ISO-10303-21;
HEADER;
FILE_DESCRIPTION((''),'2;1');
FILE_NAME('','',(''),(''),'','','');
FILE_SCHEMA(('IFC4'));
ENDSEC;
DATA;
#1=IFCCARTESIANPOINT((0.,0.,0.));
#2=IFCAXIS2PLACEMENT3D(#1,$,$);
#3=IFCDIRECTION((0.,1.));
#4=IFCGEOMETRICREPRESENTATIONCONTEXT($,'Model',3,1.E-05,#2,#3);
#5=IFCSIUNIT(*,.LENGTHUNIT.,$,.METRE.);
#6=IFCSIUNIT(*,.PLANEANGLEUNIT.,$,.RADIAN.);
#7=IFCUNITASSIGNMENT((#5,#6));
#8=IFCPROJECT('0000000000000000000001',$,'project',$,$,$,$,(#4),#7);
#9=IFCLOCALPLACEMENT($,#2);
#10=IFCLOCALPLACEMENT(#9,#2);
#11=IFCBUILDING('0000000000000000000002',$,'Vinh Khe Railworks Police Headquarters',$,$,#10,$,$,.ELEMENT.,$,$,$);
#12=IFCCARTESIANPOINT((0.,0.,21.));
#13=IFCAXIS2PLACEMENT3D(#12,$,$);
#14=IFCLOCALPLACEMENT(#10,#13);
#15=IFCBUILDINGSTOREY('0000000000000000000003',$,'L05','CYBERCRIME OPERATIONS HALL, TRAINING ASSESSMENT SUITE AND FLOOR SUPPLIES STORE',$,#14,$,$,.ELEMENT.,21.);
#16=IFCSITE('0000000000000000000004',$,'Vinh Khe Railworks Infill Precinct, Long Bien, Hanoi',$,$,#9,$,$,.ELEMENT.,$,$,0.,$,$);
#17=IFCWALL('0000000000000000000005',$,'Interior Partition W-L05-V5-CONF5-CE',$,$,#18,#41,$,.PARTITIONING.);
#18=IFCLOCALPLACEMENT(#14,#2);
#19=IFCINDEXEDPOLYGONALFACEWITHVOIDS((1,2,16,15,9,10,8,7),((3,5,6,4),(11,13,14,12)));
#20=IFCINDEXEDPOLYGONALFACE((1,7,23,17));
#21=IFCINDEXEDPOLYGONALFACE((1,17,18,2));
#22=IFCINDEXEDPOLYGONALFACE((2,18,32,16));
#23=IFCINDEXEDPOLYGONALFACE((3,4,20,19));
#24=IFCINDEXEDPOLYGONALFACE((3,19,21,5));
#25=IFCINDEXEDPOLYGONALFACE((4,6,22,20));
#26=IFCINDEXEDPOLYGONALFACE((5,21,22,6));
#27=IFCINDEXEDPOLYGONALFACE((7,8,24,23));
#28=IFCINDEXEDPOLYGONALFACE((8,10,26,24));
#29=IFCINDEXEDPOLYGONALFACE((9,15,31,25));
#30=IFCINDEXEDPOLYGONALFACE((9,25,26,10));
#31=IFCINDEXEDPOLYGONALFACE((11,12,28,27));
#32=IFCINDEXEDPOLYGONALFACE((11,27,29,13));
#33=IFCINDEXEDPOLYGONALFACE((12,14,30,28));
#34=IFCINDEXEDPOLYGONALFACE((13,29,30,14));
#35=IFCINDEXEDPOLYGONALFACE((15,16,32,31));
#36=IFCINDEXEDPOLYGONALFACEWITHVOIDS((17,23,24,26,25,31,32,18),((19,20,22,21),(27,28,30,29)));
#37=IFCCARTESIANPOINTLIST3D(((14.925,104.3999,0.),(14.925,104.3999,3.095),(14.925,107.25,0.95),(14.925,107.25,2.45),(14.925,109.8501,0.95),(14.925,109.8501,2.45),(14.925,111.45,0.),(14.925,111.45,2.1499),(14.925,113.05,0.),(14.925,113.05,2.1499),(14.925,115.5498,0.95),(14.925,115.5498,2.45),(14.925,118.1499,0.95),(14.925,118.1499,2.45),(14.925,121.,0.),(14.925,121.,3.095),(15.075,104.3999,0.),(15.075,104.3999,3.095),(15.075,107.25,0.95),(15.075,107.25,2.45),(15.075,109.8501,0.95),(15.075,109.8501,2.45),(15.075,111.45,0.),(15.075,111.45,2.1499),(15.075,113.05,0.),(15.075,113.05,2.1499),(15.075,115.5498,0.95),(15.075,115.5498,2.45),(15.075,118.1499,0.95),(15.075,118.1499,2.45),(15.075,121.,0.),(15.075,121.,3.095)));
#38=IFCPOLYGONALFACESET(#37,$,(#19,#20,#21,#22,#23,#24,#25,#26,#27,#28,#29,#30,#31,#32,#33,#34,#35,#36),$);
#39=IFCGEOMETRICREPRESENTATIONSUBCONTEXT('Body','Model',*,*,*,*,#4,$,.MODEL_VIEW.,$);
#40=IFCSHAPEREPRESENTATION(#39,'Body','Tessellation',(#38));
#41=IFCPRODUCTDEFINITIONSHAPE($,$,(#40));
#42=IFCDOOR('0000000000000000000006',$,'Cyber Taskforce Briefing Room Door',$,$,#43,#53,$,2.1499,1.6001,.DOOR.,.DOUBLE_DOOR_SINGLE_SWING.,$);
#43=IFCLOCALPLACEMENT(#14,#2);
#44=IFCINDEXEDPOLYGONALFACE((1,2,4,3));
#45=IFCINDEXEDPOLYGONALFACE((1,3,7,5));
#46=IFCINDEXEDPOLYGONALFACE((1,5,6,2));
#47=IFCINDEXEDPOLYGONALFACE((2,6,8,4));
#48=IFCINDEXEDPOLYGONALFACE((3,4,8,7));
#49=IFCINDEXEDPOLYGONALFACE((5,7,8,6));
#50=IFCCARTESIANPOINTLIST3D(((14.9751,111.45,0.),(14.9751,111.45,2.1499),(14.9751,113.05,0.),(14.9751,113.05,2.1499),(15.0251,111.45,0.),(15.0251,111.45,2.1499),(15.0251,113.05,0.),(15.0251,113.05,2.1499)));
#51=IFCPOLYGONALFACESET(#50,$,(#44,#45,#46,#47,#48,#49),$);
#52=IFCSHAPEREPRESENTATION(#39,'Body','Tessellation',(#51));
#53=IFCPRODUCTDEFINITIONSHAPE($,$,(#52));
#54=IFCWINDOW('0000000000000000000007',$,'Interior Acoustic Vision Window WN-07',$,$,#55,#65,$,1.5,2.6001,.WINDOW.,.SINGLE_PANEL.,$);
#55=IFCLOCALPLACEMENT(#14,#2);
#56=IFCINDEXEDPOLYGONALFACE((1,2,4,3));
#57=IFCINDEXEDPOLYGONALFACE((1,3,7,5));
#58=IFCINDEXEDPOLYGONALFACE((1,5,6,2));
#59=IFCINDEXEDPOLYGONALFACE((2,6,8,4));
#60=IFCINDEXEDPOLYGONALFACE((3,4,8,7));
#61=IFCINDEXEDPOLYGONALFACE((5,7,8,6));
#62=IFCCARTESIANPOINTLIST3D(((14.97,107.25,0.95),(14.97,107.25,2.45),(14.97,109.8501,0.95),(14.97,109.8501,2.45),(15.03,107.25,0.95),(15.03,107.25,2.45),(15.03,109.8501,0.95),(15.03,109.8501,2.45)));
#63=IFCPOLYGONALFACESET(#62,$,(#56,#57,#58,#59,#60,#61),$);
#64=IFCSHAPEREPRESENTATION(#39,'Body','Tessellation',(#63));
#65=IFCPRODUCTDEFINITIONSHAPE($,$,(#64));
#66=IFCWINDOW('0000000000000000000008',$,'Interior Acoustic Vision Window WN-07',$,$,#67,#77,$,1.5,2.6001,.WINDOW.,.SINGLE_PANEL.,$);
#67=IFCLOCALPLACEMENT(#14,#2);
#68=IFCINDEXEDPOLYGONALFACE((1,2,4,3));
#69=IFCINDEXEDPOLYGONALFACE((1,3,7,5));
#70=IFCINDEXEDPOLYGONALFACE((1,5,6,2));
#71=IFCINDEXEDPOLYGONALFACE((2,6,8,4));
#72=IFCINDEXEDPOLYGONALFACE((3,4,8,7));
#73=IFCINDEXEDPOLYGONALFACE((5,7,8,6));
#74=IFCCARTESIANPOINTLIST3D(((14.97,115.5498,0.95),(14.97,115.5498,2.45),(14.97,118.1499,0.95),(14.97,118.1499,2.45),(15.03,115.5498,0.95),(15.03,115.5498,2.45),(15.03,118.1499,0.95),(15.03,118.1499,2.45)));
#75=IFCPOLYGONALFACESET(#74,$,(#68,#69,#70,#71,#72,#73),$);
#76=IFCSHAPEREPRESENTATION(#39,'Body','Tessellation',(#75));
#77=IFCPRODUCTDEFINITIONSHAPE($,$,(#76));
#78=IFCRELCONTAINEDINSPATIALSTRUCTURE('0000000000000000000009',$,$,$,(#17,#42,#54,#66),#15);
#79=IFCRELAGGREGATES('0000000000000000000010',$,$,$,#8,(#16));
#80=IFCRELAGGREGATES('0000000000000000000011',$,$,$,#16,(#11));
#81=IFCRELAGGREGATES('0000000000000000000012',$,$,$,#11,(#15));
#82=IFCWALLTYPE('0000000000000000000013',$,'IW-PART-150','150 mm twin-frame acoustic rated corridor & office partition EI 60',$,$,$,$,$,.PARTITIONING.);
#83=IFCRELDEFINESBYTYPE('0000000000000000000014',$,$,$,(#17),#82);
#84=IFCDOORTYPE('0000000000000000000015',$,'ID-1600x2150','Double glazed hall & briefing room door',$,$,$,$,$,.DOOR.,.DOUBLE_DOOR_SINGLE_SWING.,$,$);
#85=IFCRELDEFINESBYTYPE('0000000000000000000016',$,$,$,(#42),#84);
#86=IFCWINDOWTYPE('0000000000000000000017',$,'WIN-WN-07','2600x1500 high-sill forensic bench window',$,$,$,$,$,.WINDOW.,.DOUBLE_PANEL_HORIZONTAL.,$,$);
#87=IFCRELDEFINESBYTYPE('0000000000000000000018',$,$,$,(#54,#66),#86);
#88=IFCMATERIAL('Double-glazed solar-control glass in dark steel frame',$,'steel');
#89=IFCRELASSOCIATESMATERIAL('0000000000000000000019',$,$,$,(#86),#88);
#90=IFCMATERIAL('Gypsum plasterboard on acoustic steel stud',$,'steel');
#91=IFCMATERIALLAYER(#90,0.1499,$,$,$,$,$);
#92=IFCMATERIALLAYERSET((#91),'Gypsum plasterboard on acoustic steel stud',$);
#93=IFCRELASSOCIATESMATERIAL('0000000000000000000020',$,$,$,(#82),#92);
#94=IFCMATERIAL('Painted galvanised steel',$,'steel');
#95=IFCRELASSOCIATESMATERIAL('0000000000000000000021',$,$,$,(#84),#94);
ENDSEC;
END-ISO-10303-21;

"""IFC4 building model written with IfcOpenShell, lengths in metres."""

from ifc_helpers import new_model, si_unit, direction, frame, frame_2d, origin, place, context, subcontext, project, spatial, rectangle, extrude, material, layer, layer_set, type_object, element, fill, save


model = new_model("IFC4")

# Units and contexts
model_context = context("Model", 3, precision=1e-05, world=origin(), true_north=direction((0.0, 1.0)))
body_context = subcontext(model_context, "Body", "Model", "MODEL_VIEW")
ifc_project = project(units=[si_unit("LENGTHUNIT", "METRE"), si_unit("PLANEANGLEUNIT", "RADIAN")], contexts=[model_context])

# Site, building, storey
site_placement = place(None, origin())
site = spatial("IfcSite", under=ifc_project, at=site_placement, Name="Vinh Khe Railworks Infill Precinct, Long Bien, Hanoi", CompositionType="ELEMENT", RefElevation=0.0)
building_placement = place(site_placement, origin())
building = spatial("IfcBuilding", under=site, at=building_placement, Name="Vinh Khe Railworks Police Headquarters", CompositionType="ELEMENT")
storey_placement = place(building_placement, frame((0.0, 0.0, 21.0)))
storey = spatial("IfcBuildingStorey", under=building, at=storey_placement, Name="L05", Description="CYBERCRIME OPERATIONS HALL, TRAINING ASSESSMENT SUITE AND FLOOR SUPPLIES STORE", CompositionType="ELEMENT", Elevation=21.0)

# Shared definitions
ifc_material_1 = material(Name="Double-glazed solar-control glass in dark steel frame", Category="steel")

# Shared definitions
window_type_1 = type_object("IfcWindowType", Name="WIN-WN-07", Description="2600x1500 high-sill forensic bench window", PartitioningType="DOUBLE_PANEL_HORIZONTAL", PredefinedType="WINDOW", material=ifc_material_1)

# Shared definitions
ifc_material_2 = material(Name="Gypsum plasterboard on acoustic steel stud", Category="steel")
ifc_layer_1 = layer(ifc_material_2, 0.1499)
ifc_layer_set_1 = layer_set([ifc_layer_1], Name="Gypsum plasterboard on acoustic steel stud")
wall_type_1 = type_object("IfcWallType", Name="IW-PART-150", Description="150 mm twin-frame acoustic rated corridor & office partition EI 60", PredefinedType="PARTITIONING", material=ifc_layer_set_1)

# Wall, openings, door, windows
wall_1_placement = place(storey_placement, frame((15.0, 104.3999, 0.0), z_axis=(0.0, 0.0, 1.0), x_axis=(0.0, 1.0, 0.0)))
wall_1 = element("IfcWall", 1, at=wall_1_placement, inside=storey, type_object=wall_type_1, Name="Interior Partition W-L05-V5-CONF5-CE", PredefinedType="PARTITIONING", context=body_context, shape_type="SweptSolid", body=[
    extrude(rectangle(XDim=16.6001, YDim=0.1499, at=frame_2d((8.3, 0.0))), origin(), (0.0, 0.0, 1.0), 3.095),
])
opening_1_placement = place(wall_1_placement, frame((7.05, 0.0, 0.0)))
opening_1 = element("IfcOpeningElement", 2, at=opening_1_placement, cuts=wall_1, PredefinedType="OPENING", context=body_context, shape_type="SweptSolid", body=[
    extrude(rectangle(XDim=1.6001, YDim=2.1499, at=frame_2d((0.8, 1.075))), frame((0.0, 0.0898, 0.0), z_axis=(0.0, -1.0, 0.0), x_axis=(1.0, 0.0, 0.0)), (0.0, 0.0, 1.0), 0.1797),
])
opening_2_placement = place(wall_1_placement, frame((2.8501, 0.0, 0.95)))
opening_2 = element("IfcOpeningElement", 3, at=opening_2_placement, cuts=wall_1, PredefinedType="OPENING", context=body_context, shape_type="SweptSolid", body=[
    extrude(rectangle(XDim=2.6001, YDim=1.5, at=frame_2d((1.3, 0.75))), frame((0.0, 0.0898, 0.0), z_axis=(0.0, -1.0, 0.0), x_axis=(1.0, 0.0, 0.0)), (0.0, 0.0, 1.0), 0.1797),
])
opening_3_placement = place(wall_1_placement, frame((11.1499, 0.0, 0.95)))
opening_3 = element("IfcOpeningElement", 4, at=opening_3_placement, cuts=wall_1, PredefinedType="OPENING", context=body_context, shape_type="SweptSolid", body=[
    extrude(rectangle(XDim=2.6001, YDim=1.5, at=frame_2d((1.3, 0.75))), frame((0.0, 0.0898, 0.0), z_axis=(0.0, -1.0, 0.0), x_axis=(1.0, 0.0, 0.0)), (0.0, 0.0, 1.0), 0.1797),
])
ifc_material_3 = material(Name="Painted galvanised steel", Category="steel")
door_type_1 = type_object("IfcDoorType", Name="ID-1600x2150", Description="Double glazed hall & briefing room door", OperationType="DOUBLE_DOOR_SINGLE_SWING", PredefinedType="DOOR", material=ifc_material_3)
door_1_placement = place(opening_1_placement, origin())
door_1 = element("IfcDoor", 5, at=door_1_placement, inside=storey, type_object=door_type_1, Name="Cyber Taskforce Briefing Room Door", OperationType="DOUBLE_DOOR_SINGLE_SWING", OverallHeight=2.1499, OverallWidth=1.6001, PredefinedType="DOOR", context=body_context, shape_type="SweptSolid", body=[
    extrude(rectangle(XDim=1.6001, YDim=2.1499, at=frame_2d((0.8, 1.075))), frame((0.0, 0.0249, 0.0), z_axis=(0.0, -1.0, 0.0), x_axis=(1.0, 0.0, 0.0)), (0.0, 0.0, 1.0), 0.05),
])
fill(opening_1, door_1)
window_1_placement = place(opening_2_placement, origin())
window_1 = element("IfcWindow", 6, at=window_1_placement, inside=storey, type_object=window_type_1, Name="Interior Acoustic Vision Window WN-07", OverallHeight=1.5, OverallWidth=2.6001, PartitioningType="SINGLE_PANEL", PredefinedType="WINDOW", context=body_context, shape_type="SweptSolid", body=[
    extrude(rectangle(XDim=2.6001, YDim=1.5, at=frame_2d((1.3, 0.75))), frame((0.0, 0.03, 0.0), z_axis=(0.0, -1.0, 0.0), x_axis=(1.0, 0.0, 0.0)), (0.0, 0.0, 1.0), 0.0601),
])
fill(opening_2, window_1)
window_2_placement = place(opening_3_placement, origin())
window_2 = element("IfcWindow", 7, at=window_2_placement, inside=storey, type_object=window_type_1, Name="Interior Acoustic Vision Window WN-07", OverallHeight=1.5, OverallWidth=2.6001, PartitioningType="SINGLE_PANEL", PredefinedType="WINDOW", context=body_context, shape_type="SweptSolid", body=[
    extrude(rectangle(XDim=2.6001, YDim=1.5, at=frame_2d((1.3, 0.75))), frame((0.0, 0.03, 0.0), z_axis=(0.0, -1.0, 0.0), x_axis=(1.0, 0.0, 0.0)), (0.0, 0.0, 1.0), 0.0601),
])
fill(opening_3, window_2)

save(model, "model.ifc")
